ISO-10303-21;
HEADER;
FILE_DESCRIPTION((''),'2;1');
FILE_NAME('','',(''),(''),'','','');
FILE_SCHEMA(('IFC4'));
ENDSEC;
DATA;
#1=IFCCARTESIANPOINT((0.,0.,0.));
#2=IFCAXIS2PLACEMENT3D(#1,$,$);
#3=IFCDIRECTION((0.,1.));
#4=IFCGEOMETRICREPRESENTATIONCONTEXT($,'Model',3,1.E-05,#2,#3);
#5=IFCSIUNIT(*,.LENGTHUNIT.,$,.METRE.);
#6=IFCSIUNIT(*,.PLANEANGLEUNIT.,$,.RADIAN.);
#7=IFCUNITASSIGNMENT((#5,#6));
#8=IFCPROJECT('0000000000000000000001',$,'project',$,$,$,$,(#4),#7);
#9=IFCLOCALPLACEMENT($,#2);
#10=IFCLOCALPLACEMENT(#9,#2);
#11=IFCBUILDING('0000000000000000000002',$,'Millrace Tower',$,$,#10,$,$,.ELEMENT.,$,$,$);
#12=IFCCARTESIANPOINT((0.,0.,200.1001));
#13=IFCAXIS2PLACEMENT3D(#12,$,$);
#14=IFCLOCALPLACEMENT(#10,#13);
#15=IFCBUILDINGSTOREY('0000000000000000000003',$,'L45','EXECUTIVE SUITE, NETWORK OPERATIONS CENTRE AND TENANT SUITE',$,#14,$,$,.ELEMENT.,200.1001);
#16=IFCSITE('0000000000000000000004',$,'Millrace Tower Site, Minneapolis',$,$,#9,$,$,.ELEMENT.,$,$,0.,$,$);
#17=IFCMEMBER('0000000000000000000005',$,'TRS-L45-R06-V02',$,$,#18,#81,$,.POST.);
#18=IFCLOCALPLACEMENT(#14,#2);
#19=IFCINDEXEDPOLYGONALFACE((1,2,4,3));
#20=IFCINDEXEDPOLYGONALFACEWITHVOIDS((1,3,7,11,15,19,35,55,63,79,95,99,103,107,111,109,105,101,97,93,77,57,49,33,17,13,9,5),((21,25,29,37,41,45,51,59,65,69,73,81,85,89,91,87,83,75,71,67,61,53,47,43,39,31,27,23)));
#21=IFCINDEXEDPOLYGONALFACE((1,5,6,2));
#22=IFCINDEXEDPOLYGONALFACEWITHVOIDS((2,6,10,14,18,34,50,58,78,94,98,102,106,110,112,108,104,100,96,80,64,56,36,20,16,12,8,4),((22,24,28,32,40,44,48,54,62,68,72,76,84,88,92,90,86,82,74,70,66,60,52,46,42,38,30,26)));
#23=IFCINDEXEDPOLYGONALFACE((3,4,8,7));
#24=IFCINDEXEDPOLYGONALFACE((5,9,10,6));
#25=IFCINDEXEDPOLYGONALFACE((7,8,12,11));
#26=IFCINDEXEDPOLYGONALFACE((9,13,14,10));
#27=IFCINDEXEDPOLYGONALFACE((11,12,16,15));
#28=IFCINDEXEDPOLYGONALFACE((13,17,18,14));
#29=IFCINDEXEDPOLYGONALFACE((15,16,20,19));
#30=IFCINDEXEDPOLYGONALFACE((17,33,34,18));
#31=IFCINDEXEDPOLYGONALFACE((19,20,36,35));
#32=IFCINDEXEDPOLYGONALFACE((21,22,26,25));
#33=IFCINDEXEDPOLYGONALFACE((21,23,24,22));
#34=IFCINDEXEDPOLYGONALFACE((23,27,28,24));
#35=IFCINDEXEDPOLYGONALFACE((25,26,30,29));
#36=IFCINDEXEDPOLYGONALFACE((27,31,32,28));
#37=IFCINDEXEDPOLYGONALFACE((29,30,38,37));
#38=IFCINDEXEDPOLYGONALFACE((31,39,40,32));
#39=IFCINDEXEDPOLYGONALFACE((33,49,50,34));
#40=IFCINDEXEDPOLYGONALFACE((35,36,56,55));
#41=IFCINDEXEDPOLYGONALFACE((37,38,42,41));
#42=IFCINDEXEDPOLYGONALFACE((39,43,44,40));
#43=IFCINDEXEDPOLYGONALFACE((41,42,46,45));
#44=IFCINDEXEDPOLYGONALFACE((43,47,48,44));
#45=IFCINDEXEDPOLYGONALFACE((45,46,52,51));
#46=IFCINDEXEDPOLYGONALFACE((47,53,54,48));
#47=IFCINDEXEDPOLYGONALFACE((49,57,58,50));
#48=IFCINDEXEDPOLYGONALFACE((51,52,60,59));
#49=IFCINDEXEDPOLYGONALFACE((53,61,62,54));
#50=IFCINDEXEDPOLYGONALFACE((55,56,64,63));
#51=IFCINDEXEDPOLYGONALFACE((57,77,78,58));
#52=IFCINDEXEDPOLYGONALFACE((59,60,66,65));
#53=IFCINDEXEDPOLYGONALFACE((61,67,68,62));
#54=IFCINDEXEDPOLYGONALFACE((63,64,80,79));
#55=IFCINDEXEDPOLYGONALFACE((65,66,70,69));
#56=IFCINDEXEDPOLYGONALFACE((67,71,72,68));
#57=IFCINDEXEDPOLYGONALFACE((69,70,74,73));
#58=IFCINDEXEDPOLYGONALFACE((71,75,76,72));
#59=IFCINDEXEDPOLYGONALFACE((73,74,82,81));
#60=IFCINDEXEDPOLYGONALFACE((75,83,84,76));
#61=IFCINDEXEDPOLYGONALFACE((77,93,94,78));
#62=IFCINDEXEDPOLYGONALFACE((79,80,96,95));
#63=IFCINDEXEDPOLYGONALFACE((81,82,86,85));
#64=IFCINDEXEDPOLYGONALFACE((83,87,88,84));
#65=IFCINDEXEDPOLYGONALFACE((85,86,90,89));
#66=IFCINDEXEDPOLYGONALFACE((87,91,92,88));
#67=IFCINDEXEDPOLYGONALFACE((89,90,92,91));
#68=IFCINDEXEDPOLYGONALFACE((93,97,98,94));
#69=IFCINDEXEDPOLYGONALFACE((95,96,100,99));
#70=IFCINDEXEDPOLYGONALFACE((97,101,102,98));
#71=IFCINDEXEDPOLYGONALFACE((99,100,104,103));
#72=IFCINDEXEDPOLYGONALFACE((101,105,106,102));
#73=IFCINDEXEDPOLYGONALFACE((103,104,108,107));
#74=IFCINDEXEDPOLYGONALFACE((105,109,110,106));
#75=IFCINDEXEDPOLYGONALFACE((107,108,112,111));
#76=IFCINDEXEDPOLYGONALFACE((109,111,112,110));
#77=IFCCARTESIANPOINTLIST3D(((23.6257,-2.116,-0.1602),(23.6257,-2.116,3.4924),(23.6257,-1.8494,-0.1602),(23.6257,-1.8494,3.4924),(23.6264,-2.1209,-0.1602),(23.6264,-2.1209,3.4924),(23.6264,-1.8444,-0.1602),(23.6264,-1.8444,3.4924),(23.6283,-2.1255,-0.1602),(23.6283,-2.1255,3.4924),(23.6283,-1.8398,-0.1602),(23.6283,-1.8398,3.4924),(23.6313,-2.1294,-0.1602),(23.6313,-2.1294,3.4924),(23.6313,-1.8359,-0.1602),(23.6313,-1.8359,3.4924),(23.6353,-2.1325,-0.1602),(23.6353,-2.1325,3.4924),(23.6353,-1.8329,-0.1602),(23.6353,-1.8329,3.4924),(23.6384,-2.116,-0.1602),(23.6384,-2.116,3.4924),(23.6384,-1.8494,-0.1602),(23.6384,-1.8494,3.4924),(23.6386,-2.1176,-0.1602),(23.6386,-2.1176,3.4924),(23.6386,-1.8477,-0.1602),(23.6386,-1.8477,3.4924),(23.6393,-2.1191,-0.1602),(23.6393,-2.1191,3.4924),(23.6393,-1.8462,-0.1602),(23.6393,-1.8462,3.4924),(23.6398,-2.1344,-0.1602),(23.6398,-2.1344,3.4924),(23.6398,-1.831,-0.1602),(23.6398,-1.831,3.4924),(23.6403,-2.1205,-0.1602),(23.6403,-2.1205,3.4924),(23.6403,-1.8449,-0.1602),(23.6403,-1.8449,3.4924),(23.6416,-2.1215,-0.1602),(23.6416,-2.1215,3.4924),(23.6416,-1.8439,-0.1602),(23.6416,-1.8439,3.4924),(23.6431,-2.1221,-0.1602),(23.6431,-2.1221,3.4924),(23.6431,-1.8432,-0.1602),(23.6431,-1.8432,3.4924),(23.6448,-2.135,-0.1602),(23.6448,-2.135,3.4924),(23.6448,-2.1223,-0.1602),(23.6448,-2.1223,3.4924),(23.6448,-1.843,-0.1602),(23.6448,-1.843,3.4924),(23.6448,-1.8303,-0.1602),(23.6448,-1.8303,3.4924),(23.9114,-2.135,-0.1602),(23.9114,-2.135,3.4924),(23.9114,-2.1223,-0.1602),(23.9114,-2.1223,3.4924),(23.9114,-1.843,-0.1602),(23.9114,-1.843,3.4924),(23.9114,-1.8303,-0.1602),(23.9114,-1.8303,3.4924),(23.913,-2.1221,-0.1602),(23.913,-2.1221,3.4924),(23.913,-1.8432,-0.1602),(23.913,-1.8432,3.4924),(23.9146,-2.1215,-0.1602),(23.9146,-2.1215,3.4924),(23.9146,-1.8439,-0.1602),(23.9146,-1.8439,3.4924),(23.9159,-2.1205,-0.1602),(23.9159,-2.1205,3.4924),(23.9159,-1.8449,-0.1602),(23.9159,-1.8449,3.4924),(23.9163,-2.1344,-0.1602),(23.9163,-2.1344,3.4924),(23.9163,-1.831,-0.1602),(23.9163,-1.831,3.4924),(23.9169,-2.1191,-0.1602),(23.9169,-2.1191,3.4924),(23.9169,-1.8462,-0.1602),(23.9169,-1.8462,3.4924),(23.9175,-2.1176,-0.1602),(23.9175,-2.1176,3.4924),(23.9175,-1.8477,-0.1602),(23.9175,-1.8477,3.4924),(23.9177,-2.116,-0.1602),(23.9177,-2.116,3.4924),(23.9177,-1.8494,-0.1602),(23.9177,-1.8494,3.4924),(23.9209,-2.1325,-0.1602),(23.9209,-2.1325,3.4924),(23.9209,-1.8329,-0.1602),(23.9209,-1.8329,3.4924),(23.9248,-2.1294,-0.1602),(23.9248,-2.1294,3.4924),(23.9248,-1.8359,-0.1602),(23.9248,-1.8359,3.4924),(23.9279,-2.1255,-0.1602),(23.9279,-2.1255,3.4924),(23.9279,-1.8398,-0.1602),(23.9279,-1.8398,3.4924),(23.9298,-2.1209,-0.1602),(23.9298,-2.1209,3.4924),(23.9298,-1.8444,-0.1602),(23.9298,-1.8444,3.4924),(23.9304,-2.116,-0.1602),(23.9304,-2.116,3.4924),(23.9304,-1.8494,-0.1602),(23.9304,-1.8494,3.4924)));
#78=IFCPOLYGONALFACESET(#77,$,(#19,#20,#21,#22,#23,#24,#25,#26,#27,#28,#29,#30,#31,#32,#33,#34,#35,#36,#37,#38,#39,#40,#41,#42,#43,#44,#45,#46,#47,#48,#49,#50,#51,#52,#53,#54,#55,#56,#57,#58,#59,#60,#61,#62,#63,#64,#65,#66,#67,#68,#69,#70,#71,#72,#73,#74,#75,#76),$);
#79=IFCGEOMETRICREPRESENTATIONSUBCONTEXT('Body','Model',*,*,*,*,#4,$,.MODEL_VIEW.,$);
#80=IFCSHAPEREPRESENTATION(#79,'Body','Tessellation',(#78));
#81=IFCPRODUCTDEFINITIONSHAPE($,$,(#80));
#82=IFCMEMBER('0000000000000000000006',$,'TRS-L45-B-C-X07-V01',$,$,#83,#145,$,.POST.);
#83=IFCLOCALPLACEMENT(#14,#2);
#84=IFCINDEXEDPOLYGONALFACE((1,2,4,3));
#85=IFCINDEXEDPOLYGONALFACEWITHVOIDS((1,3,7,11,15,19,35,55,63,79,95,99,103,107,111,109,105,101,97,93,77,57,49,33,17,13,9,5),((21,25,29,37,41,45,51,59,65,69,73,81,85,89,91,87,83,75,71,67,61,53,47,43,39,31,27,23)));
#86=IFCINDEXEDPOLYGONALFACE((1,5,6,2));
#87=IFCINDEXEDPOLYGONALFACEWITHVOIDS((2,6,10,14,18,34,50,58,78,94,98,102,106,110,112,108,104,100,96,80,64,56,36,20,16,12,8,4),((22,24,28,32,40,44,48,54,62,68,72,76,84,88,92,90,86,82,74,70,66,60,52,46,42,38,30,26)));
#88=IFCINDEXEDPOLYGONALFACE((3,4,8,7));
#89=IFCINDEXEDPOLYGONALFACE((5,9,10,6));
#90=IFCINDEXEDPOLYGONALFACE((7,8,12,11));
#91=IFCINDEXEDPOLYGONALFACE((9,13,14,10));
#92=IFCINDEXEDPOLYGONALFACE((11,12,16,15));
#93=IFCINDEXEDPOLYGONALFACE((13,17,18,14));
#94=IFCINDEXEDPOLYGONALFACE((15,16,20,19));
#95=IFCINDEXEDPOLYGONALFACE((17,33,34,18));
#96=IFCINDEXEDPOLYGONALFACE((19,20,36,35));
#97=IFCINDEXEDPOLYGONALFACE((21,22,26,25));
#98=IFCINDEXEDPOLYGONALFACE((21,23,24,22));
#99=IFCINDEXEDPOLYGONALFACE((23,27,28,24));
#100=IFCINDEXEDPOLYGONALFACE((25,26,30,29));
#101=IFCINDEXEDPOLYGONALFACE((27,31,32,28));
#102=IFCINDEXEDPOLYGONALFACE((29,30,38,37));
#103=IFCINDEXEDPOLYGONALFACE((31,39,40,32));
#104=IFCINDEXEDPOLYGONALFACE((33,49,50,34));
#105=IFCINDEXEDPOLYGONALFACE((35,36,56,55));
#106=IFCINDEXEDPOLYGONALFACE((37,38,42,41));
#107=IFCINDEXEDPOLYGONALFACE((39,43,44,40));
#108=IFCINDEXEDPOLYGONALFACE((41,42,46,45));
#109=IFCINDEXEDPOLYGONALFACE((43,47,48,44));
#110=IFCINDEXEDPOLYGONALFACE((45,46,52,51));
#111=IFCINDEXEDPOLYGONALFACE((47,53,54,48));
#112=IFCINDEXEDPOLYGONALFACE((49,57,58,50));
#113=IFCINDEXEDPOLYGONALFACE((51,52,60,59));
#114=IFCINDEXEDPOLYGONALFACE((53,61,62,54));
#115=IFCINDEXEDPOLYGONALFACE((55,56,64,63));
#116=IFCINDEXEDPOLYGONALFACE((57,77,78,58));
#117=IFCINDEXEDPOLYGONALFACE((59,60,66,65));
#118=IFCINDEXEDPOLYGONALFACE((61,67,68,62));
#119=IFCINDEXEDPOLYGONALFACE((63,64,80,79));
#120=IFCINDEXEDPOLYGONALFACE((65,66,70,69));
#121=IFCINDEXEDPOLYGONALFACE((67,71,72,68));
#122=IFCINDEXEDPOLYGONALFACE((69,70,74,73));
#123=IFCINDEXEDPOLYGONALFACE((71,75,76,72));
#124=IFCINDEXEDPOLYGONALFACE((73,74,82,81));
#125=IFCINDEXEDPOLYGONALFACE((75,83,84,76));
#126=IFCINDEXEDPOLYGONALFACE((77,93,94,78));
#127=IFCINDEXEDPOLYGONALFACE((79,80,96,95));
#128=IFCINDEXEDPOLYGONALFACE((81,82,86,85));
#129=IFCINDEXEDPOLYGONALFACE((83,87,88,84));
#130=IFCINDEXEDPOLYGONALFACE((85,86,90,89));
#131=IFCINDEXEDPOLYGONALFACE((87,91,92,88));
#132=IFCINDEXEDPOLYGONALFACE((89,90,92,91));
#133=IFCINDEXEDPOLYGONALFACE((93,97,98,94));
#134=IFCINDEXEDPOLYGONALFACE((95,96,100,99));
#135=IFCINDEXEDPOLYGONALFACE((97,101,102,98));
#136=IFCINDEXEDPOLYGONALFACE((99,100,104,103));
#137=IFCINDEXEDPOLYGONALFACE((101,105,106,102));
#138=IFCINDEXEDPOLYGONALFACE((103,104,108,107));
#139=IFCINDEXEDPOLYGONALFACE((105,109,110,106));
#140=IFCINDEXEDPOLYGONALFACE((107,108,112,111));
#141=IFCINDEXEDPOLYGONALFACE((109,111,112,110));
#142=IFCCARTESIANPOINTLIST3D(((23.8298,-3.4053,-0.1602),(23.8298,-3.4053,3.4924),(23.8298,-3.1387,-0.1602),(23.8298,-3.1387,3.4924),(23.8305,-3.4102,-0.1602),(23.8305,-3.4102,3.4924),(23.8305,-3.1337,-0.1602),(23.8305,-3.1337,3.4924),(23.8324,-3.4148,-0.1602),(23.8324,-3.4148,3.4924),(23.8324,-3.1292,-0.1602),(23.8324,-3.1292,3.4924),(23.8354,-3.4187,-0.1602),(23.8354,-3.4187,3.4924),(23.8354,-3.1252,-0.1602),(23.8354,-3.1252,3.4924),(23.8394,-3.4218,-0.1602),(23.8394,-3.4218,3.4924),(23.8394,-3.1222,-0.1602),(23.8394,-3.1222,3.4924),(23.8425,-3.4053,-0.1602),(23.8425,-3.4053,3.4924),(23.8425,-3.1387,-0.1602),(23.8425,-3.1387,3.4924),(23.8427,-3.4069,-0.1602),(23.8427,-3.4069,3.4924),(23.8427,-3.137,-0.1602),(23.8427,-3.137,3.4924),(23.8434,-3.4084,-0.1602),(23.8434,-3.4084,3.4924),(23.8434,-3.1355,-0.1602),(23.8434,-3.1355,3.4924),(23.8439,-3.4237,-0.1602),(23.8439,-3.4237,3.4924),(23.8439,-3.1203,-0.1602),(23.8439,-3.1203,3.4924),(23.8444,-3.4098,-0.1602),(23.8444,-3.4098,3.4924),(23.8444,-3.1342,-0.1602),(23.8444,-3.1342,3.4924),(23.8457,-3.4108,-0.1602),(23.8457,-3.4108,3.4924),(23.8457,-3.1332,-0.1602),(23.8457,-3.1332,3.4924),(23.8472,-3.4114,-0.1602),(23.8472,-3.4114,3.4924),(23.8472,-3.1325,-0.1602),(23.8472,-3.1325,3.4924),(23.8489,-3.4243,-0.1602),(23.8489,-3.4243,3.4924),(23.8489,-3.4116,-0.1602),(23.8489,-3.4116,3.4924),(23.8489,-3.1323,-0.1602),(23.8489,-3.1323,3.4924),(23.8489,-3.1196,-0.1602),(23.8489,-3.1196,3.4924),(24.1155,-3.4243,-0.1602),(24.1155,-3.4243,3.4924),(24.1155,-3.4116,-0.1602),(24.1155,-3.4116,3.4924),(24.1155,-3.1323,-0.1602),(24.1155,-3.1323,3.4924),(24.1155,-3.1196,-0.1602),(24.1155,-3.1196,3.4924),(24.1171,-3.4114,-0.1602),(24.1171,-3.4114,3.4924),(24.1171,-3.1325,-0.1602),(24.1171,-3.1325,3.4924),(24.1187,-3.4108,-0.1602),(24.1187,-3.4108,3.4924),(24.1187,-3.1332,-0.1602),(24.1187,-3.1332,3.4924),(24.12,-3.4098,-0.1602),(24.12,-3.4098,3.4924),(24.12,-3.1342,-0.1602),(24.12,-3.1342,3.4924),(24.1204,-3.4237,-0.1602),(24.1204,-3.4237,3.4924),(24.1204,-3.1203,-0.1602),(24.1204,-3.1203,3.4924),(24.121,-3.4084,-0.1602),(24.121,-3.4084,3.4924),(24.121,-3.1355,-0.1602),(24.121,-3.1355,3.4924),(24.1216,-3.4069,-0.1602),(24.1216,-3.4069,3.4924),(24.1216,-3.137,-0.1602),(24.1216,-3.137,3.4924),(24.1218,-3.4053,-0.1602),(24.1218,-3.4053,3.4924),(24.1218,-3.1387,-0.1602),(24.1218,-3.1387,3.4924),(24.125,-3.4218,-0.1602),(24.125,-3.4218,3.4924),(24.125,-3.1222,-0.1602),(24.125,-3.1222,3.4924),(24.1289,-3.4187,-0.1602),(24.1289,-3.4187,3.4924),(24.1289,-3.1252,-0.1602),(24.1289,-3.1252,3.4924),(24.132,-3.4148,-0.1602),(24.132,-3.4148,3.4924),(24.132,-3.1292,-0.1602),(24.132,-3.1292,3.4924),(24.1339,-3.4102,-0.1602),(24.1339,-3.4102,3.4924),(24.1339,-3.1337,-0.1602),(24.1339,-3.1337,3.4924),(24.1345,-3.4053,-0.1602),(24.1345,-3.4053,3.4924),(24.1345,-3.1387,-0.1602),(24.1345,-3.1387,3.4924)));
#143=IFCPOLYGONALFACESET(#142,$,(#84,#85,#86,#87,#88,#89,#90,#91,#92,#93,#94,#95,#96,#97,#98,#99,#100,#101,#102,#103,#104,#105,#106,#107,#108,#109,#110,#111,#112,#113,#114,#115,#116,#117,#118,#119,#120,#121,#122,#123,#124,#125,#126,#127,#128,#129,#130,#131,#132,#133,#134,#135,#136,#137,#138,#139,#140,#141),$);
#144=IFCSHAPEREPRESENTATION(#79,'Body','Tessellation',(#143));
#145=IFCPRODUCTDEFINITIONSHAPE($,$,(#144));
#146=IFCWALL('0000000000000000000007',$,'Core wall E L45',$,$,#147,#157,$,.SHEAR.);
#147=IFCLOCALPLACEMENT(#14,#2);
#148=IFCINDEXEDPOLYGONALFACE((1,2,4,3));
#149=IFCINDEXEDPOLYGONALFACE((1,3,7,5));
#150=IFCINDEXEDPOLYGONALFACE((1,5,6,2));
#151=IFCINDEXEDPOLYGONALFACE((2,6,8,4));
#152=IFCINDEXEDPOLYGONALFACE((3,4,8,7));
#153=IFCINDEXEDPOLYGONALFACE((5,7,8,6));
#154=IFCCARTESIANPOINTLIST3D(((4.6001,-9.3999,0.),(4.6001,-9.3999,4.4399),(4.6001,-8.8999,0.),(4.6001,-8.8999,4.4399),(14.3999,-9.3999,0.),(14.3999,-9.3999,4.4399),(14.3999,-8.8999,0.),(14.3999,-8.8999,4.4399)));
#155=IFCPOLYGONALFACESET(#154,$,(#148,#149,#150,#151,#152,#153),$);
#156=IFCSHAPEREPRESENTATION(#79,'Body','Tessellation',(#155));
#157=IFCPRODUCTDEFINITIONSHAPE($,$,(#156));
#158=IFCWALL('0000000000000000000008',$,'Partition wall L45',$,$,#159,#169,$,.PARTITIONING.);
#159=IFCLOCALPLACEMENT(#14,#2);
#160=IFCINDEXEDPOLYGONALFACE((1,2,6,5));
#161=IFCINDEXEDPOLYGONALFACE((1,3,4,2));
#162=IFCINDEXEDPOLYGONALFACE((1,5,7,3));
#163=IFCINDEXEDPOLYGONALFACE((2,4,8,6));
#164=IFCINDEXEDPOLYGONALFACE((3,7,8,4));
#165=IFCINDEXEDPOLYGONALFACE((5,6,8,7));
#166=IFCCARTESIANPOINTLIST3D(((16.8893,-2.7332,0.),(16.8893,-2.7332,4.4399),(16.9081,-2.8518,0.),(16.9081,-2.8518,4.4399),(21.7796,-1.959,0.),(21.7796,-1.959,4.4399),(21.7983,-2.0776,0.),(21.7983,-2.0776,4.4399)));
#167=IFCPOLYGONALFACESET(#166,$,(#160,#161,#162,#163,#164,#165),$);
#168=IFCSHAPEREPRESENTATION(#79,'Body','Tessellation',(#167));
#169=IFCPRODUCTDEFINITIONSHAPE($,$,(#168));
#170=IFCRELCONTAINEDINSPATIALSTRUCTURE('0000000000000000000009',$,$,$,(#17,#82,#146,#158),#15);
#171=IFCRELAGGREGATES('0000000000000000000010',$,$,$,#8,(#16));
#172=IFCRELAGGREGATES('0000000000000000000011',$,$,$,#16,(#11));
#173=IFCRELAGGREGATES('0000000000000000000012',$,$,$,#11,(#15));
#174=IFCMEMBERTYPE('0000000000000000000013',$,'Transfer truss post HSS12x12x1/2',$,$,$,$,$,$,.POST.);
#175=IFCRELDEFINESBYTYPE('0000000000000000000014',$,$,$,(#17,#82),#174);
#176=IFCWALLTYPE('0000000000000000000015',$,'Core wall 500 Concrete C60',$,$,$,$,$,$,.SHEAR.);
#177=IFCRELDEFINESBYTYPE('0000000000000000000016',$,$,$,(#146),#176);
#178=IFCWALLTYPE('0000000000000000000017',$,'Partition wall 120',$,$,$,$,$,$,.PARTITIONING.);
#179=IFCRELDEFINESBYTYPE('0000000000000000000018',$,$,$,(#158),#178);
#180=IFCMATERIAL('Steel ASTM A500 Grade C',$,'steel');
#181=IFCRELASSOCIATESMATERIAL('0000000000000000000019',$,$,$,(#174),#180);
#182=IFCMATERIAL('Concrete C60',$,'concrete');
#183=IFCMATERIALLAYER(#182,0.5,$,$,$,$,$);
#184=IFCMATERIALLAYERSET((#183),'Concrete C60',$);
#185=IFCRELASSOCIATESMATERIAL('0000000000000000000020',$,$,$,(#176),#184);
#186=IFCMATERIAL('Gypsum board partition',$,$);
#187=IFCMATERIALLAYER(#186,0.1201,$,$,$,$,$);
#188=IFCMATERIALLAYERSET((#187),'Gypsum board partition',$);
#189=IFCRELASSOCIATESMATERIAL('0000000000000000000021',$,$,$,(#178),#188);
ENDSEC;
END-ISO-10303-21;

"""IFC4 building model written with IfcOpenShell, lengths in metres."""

from ifc_helpers import new_model, si_unit, direction, frame, frame_2d, origin, origin_2d, place, context, subcontext, project, spatial, rectangle, hollow_rectangle, extrude, material, layer, layer_set, material_profile, profile_set, type_object, element, save


model = new_model("IFC4")

# Units and contexts
model_context = context("Model", 3, precision=1e-05, world=origin(), true_north=direction((0.0, 1.0)))
body_context = subcontext(model_context, "Body", "Model", "MODEL_VIEW")
ifc_project = project(units=[si_unit("LENGTHUNIT", "METRE"), si_unit("PLANEANGLEUNIT", "RADIAN")], contexts=[model_context])

# Site, building, storey
site_placement = place(None, origin())
site = spatial("IfcSite", under=ifc_project, at=site_placement, Name="Millrace Tower Site, Minneapolis", CompositionType="ELEMENT", RefElevation=0.0)
building_placement = place(site_placement, origin())
building = spatial("IfcBuilding", under=site, at=building_placement, Name="Millrace Tower", CompositionType="ELEMENT")
storey_placement = place(building_placement, frame((0.0, 0.0, 200.1001)))
storey = spatial("IfcBuildingStorey", under=building, at=storey_placement, Name="L45", Description="EXECUTIVE SUITE, NETWORK OPERATIONS CENTRE AND TENANT SUITE", CompositionType="ELEMENT", Elevation=200.1001)

# Members
ifc_material_1 = material(Name="Steel ASTM A500 Grade C", Category="steel")
ifc_material_profile_1 = material_profile(ifc_material_1, hollow_rectangle(XDim=0.3047, YDim=0.3047, WallThickness=0.0127, InnerFilletRadius=0.0063, OuterFilletRadius=0.019, at=origin_2d()))
ifc_profile_set_1 = profile_set([ifc_material_profile_1], Name="Steel ASTM A500 Grade C")
member_type_1 = type_object("IfcMemberType", Name="Transfer truss post HSS12x12x1/2", PredefinedType="POST", material=ifc_profile_set_1)
for number, where, z_axis, x_axis, name in (
    (1, (23.7781, -1.9827, -0.1602), (0.0, 0.0, 1.0), (1.0, 0.0, 0.0), "TRS-L45-R06-V02"),
    (2, (23.9822, -3.272, -0.1602), (0.0, 0.0, 1.0), (1.0, 0.0, 0.0), "TRS-L45-B-C-X07-V01"),
):
    element("IfcMember", number, at=place(storey_placement, frame(where, z_axis=z_axis, x_axis=x_axis)), inside=storey, type_object=member_type_1, Name=name, PredefinedType="POST", context=body_context, shape_type="SweptSolid", body=[
        extrude(hollow_rectangle(XDim=0.3047, YDim=0.3047, WallThickness=0.0127, InnerFilletRadius=0.0063, OuterFilletRadius=0.019, at=origin_2d()), origin(), (0.0, 0.0, 1.0), 3.6526),
    ])

# Walls
ifc_material_2 = material(Name="Concrete C60", Category="concrete")
ifc_layer_1 = layer(ifc_material_2, 0.5)
ifc_layer_set_1 = layer_set([ifc_layer_1], Name="Concrete C60")
wall_type_1 = type_object("IfcWallType", Name="Core wall 500 Concrete C60", PredefinedType="SHEAR", material=ifc_layer_set_1)
wall_1_placement = place(storey_placement, frame((14.3999, -9.1499, 0.0), z_axis=(0.0, 0.0, 1.0), x_axis=(-1.0, 0.0, 0.0)))
element("IfcWall", 3, at=wall_1_placement, inside=storey, type_object=wall_type_1, Name="Core wall E L45", PredefinedType="SHEAR", context=body_context, shape_type="SweptSolid", body=[
    extrude(rectangle(XDim=9.7998, YDim=0.5, at=frame_2d((4.8999, 0.0))), origin(), (0.0, 0.0, 1.0), 4.4399),
])
ifc_material_3 = material(Name="Gypsum board partition")
ifc_layer_2 = layer(ifc_material_3, 0.1201)
ifc_layer_set_2 = layer_set([ifc_layer_2], Name="Gypsum board partition")
wall_type_2 = type_object("IfcWallType", Name="Partition wall 120", PredefinedType="PARTITIONING", material=ifc_layer_set_2)
wall_2_placement = place(storey_placement, frame((16.8987, -2.7925, 0.0), z_axis=(0.0, 0.0, 1.0), x_axis=(0.987701, 0.156358, 0.0)))
element("IfcWall", 4, at=wall_2_placement, inside=storey, type_object=wall_type_2, Name="Partition wall L45", PredefinedType="PARTITIONING", context=body_context, shape_type="SweptSolid", body=[
    extrude(rectangle(XDim=4.9512, YDim=0.1201, at=frame_2d((2.4756, 0.0))), origin(), (0.0, 0.0, 1.0), 4.4399),
])

save(model, "model.ifc")
